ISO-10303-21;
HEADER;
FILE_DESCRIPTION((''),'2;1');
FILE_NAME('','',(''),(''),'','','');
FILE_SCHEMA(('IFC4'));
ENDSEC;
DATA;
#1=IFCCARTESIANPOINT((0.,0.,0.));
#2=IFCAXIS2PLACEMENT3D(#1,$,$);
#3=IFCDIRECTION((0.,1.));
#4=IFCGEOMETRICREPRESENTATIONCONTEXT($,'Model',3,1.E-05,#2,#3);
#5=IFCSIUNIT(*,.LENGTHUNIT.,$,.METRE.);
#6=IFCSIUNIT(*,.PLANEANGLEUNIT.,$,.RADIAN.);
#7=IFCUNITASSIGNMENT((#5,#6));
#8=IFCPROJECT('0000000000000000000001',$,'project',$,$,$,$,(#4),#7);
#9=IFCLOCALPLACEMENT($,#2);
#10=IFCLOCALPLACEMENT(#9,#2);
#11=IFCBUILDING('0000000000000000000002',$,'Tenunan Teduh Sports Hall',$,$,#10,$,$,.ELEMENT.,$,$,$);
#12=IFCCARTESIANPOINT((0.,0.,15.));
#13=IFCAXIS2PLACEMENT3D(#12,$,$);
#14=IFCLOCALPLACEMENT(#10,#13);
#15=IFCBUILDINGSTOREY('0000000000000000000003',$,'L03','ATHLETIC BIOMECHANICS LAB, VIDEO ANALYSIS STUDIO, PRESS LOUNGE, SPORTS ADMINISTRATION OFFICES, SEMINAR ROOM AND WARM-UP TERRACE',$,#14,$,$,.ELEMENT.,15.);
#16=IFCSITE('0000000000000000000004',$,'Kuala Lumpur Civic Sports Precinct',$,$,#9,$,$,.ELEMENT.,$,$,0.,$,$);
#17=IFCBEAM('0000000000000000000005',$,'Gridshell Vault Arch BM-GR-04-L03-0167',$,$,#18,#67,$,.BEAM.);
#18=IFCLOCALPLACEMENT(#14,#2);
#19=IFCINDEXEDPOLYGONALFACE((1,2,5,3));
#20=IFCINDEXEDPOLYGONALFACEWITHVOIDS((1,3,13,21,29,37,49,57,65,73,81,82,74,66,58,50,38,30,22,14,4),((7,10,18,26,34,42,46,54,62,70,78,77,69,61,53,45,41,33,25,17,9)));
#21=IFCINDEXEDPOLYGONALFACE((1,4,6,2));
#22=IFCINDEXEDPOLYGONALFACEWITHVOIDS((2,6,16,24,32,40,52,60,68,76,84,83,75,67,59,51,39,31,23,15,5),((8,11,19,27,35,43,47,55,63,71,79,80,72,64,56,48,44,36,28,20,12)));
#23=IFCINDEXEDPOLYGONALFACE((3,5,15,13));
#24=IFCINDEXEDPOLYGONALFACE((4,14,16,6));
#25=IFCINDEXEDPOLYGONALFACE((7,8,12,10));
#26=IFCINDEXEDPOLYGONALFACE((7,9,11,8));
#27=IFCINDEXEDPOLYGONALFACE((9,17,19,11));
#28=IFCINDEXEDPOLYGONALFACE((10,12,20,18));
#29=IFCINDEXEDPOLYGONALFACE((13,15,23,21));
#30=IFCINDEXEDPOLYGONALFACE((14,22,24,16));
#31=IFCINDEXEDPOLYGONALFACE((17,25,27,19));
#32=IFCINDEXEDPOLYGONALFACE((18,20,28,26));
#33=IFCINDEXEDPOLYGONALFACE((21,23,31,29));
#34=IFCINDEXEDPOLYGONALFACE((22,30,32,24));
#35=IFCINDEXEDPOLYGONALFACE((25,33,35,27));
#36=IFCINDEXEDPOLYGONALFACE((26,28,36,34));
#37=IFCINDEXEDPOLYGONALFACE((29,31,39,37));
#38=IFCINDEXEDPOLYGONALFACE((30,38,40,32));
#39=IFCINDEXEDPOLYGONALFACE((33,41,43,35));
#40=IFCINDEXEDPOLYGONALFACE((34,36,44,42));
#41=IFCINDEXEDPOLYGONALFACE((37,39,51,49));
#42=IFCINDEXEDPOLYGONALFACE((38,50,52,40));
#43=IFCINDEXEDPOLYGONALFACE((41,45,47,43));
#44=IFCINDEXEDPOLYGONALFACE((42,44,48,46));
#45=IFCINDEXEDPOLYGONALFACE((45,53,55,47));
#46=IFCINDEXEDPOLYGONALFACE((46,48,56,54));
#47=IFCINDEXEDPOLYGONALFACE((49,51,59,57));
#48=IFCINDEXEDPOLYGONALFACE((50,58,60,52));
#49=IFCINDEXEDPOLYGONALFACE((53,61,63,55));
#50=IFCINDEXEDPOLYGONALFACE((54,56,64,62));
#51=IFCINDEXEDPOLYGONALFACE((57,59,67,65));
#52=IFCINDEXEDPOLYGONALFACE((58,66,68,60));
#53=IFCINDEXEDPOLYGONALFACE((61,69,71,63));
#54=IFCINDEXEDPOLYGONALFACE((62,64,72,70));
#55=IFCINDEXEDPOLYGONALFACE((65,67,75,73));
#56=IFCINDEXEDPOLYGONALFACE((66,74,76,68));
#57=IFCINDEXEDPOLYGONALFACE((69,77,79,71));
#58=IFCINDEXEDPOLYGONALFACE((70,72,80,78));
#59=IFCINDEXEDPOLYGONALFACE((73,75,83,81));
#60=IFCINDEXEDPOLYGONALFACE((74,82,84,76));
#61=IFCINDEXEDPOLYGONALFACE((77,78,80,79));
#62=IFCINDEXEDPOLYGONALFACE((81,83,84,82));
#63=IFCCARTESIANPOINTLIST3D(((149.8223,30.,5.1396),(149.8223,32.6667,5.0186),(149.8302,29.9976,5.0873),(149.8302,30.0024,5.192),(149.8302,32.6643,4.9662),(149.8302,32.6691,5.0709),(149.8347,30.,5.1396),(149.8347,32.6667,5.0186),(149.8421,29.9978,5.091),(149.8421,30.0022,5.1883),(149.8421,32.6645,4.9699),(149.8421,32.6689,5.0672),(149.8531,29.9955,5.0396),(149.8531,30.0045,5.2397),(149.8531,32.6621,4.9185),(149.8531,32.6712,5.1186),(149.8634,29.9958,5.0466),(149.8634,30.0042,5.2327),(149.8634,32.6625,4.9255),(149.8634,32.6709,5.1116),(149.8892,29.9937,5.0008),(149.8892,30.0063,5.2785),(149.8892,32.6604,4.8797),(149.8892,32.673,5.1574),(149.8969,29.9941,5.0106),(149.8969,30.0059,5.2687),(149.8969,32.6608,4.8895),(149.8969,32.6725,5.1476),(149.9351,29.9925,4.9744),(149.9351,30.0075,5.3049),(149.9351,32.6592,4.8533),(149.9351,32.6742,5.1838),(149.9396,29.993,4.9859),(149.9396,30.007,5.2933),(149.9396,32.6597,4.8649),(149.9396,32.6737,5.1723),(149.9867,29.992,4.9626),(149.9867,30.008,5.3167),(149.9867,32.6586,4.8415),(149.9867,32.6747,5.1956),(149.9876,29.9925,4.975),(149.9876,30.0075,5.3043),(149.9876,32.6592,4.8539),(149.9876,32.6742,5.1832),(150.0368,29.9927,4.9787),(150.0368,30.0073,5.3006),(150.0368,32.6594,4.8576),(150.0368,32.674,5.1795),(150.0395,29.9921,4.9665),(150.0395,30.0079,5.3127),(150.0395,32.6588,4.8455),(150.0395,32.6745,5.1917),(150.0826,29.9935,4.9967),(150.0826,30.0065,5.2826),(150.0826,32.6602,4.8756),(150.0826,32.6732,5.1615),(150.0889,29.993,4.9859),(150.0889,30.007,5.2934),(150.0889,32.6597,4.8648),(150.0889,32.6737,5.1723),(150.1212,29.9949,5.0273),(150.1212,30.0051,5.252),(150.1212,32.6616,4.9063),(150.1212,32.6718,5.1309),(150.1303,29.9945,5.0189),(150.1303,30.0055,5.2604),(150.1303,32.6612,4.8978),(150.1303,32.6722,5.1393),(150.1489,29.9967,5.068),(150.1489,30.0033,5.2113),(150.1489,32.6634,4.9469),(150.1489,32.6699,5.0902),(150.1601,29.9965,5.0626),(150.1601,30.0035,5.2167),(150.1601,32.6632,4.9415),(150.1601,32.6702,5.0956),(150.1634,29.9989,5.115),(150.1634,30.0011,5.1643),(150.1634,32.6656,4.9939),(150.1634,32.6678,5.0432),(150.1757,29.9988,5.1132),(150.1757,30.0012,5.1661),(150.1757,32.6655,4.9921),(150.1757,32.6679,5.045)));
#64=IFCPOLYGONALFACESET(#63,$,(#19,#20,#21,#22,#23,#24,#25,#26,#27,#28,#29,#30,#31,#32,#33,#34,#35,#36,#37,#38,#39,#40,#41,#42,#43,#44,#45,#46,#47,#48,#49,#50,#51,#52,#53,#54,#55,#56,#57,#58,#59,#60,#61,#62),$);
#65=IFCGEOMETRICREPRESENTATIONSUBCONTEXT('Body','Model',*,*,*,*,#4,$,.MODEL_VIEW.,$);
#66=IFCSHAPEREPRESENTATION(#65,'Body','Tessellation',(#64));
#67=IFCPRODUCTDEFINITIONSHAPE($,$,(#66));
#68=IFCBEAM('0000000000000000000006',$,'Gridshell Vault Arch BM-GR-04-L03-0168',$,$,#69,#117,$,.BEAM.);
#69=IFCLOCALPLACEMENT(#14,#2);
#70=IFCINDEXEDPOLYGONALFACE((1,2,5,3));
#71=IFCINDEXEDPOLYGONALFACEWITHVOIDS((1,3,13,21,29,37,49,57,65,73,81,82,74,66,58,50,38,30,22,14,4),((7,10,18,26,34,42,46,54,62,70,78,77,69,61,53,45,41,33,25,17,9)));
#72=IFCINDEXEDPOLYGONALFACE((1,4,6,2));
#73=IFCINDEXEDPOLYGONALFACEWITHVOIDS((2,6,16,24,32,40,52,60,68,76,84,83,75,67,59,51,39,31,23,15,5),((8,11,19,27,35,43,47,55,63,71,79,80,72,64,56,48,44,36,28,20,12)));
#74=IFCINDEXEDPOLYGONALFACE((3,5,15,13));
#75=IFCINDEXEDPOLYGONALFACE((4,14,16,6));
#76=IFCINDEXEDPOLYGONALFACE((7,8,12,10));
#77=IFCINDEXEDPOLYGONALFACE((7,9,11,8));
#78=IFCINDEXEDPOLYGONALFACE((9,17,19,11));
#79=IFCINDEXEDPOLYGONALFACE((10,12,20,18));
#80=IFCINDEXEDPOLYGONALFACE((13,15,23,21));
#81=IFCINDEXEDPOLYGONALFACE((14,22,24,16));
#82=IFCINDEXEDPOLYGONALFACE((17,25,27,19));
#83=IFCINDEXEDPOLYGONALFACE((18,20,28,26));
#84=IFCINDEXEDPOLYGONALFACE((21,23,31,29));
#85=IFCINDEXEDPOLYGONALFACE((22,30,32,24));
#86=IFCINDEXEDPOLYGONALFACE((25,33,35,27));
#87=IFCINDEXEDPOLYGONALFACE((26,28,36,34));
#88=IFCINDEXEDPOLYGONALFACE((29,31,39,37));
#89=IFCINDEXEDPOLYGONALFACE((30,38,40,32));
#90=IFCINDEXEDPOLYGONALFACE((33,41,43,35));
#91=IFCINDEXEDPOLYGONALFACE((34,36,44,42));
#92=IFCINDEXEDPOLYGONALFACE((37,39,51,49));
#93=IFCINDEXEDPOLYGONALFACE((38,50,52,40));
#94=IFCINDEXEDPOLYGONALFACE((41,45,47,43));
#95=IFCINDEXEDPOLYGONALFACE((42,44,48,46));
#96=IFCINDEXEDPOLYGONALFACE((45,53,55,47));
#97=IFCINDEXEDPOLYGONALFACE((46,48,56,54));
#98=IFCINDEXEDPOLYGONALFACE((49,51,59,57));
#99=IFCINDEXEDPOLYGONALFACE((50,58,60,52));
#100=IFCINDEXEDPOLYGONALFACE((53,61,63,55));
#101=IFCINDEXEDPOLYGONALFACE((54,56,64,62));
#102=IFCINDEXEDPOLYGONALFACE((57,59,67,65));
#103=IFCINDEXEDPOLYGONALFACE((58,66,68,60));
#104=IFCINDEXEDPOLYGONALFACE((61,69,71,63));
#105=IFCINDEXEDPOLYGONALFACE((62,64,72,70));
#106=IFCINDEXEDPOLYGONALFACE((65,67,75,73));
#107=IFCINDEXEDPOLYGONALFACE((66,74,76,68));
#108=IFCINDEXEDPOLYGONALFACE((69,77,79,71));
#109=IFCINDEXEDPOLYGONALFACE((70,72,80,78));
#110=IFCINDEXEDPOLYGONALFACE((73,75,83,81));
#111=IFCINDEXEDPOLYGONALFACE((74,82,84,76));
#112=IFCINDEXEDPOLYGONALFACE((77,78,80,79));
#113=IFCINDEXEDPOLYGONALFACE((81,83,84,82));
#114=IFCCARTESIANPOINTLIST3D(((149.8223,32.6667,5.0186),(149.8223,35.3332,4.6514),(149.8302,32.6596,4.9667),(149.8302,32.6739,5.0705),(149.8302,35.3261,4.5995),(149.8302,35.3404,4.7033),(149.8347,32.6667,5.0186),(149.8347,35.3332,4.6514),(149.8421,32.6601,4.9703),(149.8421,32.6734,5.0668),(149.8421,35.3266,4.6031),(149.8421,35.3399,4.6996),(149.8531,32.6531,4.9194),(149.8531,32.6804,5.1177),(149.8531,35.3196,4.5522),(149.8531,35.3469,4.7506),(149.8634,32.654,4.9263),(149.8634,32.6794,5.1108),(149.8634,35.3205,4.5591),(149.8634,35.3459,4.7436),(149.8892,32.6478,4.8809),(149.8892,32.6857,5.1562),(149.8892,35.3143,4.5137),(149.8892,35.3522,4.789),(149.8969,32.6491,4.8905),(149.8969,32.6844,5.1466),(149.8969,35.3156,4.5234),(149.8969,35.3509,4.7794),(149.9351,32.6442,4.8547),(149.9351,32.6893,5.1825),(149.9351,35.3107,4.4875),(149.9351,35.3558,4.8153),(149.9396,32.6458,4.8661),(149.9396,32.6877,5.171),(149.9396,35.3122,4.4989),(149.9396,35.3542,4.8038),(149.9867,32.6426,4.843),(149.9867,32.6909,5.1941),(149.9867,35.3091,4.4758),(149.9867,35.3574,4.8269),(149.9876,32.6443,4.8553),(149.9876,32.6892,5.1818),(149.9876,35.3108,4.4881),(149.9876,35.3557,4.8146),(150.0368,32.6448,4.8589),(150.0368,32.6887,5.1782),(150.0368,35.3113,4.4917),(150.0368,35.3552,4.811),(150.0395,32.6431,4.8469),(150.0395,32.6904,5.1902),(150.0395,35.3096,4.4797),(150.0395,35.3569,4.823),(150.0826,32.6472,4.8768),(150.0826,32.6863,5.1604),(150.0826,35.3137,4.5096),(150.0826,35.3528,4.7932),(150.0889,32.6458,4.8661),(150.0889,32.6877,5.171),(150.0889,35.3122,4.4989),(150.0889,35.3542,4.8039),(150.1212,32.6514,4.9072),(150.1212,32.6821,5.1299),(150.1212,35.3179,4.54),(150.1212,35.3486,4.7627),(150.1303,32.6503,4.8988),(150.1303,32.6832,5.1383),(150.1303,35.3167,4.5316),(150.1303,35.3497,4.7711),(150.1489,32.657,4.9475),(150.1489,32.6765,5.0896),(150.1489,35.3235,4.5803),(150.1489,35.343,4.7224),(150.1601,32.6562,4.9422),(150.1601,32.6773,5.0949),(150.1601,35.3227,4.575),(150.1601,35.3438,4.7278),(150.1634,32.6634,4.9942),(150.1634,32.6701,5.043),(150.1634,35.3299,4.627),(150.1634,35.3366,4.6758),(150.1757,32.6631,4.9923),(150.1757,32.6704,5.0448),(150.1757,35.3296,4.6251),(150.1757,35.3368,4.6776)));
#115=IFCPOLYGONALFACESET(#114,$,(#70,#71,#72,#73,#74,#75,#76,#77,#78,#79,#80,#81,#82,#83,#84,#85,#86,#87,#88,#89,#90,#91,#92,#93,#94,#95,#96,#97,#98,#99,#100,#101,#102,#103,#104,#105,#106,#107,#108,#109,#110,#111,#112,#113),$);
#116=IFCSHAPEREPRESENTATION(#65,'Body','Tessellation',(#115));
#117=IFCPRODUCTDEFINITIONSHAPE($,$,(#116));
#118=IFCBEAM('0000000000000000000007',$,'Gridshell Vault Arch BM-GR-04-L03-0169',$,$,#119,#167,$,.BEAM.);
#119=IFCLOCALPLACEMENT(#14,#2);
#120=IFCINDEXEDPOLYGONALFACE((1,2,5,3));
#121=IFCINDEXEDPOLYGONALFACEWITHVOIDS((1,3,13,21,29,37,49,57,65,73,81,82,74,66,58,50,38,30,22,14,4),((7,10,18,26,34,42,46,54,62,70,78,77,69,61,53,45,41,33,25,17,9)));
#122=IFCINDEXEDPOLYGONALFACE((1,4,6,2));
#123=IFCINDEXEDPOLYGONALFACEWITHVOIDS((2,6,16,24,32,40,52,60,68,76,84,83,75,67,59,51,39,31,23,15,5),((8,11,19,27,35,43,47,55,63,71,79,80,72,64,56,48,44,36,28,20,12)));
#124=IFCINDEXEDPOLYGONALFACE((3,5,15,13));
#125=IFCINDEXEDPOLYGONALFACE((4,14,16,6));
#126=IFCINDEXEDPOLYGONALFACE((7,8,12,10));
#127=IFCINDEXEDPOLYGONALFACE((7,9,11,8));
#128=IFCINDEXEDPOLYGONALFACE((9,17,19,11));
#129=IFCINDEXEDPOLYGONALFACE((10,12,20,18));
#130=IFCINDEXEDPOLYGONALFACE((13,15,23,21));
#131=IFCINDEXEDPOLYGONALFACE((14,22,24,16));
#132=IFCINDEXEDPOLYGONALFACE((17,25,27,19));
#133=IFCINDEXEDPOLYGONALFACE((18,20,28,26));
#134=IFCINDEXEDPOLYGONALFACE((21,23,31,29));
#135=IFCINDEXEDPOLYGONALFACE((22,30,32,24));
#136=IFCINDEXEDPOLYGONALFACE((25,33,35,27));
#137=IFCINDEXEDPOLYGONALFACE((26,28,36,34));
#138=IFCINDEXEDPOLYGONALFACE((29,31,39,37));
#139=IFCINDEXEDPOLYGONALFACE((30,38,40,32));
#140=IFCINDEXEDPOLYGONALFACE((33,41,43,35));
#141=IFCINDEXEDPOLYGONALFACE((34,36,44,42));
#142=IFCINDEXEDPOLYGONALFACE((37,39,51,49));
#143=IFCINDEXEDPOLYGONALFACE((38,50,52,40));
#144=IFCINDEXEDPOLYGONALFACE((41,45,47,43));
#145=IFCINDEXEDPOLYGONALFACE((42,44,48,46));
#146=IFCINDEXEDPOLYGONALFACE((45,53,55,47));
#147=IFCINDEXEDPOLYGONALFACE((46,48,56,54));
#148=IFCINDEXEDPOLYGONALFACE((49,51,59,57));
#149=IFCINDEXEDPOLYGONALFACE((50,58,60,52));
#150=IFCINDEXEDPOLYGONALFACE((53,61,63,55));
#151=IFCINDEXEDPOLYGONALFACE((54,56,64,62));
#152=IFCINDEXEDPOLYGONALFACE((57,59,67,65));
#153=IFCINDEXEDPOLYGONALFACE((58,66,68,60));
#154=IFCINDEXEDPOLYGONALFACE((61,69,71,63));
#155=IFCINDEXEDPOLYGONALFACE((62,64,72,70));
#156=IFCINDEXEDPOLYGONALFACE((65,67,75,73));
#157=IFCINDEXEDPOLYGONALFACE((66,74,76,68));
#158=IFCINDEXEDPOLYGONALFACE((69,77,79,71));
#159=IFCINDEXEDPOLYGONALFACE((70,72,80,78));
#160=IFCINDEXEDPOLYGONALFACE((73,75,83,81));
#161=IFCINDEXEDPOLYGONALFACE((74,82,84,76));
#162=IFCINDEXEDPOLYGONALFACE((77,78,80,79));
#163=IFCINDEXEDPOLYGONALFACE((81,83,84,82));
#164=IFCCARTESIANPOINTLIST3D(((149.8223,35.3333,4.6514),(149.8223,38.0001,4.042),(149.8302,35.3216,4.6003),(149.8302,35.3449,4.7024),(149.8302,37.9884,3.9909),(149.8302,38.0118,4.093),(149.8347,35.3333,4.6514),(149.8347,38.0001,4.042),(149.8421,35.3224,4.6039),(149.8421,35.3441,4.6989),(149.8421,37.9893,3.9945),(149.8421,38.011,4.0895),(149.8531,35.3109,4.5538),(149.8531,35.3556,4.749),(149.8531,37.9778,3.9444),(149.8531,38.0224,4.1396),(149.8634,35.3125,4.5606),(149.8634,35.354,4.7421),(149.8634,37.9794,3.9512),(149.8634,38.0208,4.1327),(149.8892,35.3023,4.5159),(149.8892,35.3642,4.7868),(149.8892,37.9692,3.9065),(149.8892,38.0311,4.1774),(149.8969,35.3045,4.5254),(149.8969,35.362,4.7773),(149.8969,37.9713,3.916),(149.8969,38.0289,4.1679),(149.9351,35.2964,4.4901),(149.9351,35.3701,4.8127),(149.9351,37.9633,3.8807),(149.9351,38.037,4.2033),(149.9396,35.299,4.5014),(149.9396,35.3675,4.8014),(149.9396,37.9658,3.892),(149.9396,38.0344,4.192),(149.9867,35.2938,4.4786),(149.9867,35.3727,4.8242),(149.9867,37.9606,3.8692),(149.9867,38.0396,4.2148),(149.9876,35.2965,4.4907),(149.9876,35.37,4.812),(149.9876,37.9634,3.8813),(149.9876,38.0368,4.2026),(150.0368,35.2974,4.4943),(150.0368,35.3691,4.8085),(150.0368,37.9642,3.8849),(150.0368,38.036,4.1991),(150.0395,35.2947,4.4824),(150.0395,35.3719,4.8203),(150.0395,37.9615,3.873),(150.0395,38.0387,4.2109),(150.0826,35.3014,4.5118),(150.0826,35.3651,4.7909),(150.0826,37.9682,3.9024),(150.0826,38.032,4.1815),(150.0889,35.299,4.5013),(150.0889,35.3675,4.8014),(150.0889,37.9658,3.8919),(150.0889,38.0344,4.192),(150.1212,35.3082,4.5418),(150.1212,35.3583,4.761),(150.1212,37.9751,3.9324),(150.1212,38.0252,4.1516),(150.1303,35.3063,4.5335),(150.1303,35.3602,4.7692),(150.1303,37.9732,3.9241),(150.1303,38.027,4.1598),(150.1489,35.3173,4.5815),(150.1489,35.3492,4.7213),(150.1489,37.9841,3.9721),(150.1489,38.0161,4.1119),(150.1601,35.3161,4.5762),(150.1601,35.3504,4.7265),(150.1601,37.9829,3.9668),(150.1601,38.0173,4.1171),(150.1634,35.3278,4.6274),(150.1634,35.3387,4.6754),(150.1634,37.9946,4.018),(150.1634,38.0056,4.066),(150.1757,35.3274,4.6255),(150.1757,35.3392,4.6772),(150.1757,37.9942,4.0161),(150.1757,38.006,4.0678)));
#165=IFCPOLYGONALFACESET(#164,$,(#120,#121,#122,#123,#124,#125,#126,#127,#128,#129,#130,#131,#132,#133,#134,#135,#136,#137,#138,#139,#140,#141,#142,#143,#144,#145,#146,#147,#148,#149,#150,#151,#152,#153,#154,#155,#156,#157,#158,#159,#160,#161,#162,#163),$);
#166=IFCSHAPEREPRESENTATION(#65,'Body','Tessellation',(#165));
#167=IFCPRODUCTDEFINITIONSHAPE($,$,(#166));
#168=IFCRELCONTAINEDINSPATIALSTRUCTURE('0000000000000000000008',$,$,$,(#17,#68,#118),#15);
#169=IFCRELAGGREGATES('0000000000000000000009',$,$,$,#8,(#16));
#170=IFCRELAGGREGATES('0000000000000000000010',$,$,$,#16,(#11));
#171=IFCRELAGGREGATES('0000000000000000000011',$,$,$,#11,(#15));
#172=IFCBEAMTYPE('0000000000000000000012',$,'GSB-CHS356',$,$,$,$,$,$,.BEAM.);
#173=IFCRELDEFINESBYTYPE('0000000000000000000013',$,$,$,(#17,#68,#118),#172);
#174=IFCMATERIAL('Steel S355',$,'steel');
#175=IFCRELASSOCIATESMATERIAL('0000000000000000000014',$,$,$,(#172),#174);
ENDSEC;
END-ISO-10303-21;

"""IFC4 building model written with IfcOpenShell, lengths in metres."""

from ifc_helpers import new_model, si_unit, direction, frame, origin, origin_2d, place, context, subcontext, project, spatial, hollow_circle, extrude, material, material_profile, profile_set, type_object, element, save


model = new_model("IFC4")

# Units and contexts
model_context = context("Model", 3, precision=1e-05, world=origin(), true_north=direction((0.0, 1.0)))
body_context = subcontext(model_context, "Body", "Model", "MODEL_VIEW")
ifc_project = project(units=[si_unit("LENGTHUNIT", "METRE"), si_unit("PLANEANGLEUNIT", "RADIAN")], contexts=[model_context])

# Site, building, storey
site_placement = place(None, origin())
site = spatial("IfcSite", under=ifc_project, at=site_placement, Name="Kuala Lumpur Civic Sports Precinct", CompositionType="ELEMENT", RefElevation=0.0)
building_placement = place(site_placement, origin())
building = spatial("IfcBuilding", under=site, at=building_placement, Name="Tenunan Teduh Sports Hall", CompositionType="ELEMENT")
storey_placement = place(building_placement, frame((0.0, 0.0, 15.0)))
storey = spatial("IfcBuildingStorey", under=building, at=storey_placement, Name="L03", Description="ATHLETIC BIOMECHANICS LAB, VIDEO ANALYSIS STUDIO, PRESS LOUNGE, SPORTS ADMINISTRATION OFFICES, SEMINAR ROOM AND WARM-UP TERRACE", CompositionType="ELEMENT", Elevation=15.0)

# Beams
ifc_material_1 = material(Name="Steel S355", Category="steel")
ifc_material_profile_1 = material_profile(ifc_material_1, hollow_circle(Radius=0.1777, WallThickness=0.0125, at=origin_2d()), Name="CHS 355.6x12.5")
ifc_profile_set_1 = profile_set([ifc_material_profile_1], Name="Steel S355")
beam_type_1 = type_object("IfcBeamType", Name="GSB-CHS356", PredefinedType="BEAM", material=ifc_profile_set_1)
beam_1_placement = place(storey_placement, frame((150.0, 30.0, 5.1396), z_axis=(0.0, 0.998971, -0.045362), x_axis=(-1.0, 0.0, 0.0)))
element("IfcBeam", 1, at=beam_1_placement, inside=storey, type_object=beam_type_1, Name="Gridshell Vault Arch BM-GR-04-L03-0167", PredefinedType="BEAM", context=body_context, shape_type="SweptSolid", body=[
    extrude(hollow_circle(Radius=0.1777, WallThickness=0.0125, at=origin_2d()), origin(), (0.0, 0.0, 1.0), 2.6694),
])
beam_2_placement = place(storey_placement, frame((150.0, 32.6667, 5.0186), z_axis=(0.0, 0.990652, -0.136416), x_axis=(-1.0, 0.0, 0.0)))
element("IfcBeam", 2, at=beam_2_placement, inside=storey, type_object=beam_type_1, Name="Gridshell Vault Arch BM-GR-04-L03-0168", PredefinedType="BEAM", context=body_context, shape_type="SweptSolid", body=[
    extrude(hollow_circle(Radius=0.1777, WallThickness=0.0125, at=origin_2d()), origin(), (0.0, 0.0, 1.0), 2.6917),
])
beam_3_placement = place(storey_placement, frame((150.0, 35.3333, 4.6514), z_axis=(0.0, 0.974872, -0.222767), x_axis=(-1.0, 0.0, 0.0)))
element("IfcBeam", 3, at=beam_3_placement, inside=storey, type_object=beam_type_1, Name="Gridshell Vault Arch BM-GR-04-L03-0169", PredefinedType="BEAM", context=body_context, shape_type="SweptSolid", body=[
    extrude(hollow_circle(Radius=0.1777, WallThickness=0.0125, at=origin_2d()), origin(), (0.0, 0.0, 1.0), 2.7356),
])

save(model, "model.ifc")
